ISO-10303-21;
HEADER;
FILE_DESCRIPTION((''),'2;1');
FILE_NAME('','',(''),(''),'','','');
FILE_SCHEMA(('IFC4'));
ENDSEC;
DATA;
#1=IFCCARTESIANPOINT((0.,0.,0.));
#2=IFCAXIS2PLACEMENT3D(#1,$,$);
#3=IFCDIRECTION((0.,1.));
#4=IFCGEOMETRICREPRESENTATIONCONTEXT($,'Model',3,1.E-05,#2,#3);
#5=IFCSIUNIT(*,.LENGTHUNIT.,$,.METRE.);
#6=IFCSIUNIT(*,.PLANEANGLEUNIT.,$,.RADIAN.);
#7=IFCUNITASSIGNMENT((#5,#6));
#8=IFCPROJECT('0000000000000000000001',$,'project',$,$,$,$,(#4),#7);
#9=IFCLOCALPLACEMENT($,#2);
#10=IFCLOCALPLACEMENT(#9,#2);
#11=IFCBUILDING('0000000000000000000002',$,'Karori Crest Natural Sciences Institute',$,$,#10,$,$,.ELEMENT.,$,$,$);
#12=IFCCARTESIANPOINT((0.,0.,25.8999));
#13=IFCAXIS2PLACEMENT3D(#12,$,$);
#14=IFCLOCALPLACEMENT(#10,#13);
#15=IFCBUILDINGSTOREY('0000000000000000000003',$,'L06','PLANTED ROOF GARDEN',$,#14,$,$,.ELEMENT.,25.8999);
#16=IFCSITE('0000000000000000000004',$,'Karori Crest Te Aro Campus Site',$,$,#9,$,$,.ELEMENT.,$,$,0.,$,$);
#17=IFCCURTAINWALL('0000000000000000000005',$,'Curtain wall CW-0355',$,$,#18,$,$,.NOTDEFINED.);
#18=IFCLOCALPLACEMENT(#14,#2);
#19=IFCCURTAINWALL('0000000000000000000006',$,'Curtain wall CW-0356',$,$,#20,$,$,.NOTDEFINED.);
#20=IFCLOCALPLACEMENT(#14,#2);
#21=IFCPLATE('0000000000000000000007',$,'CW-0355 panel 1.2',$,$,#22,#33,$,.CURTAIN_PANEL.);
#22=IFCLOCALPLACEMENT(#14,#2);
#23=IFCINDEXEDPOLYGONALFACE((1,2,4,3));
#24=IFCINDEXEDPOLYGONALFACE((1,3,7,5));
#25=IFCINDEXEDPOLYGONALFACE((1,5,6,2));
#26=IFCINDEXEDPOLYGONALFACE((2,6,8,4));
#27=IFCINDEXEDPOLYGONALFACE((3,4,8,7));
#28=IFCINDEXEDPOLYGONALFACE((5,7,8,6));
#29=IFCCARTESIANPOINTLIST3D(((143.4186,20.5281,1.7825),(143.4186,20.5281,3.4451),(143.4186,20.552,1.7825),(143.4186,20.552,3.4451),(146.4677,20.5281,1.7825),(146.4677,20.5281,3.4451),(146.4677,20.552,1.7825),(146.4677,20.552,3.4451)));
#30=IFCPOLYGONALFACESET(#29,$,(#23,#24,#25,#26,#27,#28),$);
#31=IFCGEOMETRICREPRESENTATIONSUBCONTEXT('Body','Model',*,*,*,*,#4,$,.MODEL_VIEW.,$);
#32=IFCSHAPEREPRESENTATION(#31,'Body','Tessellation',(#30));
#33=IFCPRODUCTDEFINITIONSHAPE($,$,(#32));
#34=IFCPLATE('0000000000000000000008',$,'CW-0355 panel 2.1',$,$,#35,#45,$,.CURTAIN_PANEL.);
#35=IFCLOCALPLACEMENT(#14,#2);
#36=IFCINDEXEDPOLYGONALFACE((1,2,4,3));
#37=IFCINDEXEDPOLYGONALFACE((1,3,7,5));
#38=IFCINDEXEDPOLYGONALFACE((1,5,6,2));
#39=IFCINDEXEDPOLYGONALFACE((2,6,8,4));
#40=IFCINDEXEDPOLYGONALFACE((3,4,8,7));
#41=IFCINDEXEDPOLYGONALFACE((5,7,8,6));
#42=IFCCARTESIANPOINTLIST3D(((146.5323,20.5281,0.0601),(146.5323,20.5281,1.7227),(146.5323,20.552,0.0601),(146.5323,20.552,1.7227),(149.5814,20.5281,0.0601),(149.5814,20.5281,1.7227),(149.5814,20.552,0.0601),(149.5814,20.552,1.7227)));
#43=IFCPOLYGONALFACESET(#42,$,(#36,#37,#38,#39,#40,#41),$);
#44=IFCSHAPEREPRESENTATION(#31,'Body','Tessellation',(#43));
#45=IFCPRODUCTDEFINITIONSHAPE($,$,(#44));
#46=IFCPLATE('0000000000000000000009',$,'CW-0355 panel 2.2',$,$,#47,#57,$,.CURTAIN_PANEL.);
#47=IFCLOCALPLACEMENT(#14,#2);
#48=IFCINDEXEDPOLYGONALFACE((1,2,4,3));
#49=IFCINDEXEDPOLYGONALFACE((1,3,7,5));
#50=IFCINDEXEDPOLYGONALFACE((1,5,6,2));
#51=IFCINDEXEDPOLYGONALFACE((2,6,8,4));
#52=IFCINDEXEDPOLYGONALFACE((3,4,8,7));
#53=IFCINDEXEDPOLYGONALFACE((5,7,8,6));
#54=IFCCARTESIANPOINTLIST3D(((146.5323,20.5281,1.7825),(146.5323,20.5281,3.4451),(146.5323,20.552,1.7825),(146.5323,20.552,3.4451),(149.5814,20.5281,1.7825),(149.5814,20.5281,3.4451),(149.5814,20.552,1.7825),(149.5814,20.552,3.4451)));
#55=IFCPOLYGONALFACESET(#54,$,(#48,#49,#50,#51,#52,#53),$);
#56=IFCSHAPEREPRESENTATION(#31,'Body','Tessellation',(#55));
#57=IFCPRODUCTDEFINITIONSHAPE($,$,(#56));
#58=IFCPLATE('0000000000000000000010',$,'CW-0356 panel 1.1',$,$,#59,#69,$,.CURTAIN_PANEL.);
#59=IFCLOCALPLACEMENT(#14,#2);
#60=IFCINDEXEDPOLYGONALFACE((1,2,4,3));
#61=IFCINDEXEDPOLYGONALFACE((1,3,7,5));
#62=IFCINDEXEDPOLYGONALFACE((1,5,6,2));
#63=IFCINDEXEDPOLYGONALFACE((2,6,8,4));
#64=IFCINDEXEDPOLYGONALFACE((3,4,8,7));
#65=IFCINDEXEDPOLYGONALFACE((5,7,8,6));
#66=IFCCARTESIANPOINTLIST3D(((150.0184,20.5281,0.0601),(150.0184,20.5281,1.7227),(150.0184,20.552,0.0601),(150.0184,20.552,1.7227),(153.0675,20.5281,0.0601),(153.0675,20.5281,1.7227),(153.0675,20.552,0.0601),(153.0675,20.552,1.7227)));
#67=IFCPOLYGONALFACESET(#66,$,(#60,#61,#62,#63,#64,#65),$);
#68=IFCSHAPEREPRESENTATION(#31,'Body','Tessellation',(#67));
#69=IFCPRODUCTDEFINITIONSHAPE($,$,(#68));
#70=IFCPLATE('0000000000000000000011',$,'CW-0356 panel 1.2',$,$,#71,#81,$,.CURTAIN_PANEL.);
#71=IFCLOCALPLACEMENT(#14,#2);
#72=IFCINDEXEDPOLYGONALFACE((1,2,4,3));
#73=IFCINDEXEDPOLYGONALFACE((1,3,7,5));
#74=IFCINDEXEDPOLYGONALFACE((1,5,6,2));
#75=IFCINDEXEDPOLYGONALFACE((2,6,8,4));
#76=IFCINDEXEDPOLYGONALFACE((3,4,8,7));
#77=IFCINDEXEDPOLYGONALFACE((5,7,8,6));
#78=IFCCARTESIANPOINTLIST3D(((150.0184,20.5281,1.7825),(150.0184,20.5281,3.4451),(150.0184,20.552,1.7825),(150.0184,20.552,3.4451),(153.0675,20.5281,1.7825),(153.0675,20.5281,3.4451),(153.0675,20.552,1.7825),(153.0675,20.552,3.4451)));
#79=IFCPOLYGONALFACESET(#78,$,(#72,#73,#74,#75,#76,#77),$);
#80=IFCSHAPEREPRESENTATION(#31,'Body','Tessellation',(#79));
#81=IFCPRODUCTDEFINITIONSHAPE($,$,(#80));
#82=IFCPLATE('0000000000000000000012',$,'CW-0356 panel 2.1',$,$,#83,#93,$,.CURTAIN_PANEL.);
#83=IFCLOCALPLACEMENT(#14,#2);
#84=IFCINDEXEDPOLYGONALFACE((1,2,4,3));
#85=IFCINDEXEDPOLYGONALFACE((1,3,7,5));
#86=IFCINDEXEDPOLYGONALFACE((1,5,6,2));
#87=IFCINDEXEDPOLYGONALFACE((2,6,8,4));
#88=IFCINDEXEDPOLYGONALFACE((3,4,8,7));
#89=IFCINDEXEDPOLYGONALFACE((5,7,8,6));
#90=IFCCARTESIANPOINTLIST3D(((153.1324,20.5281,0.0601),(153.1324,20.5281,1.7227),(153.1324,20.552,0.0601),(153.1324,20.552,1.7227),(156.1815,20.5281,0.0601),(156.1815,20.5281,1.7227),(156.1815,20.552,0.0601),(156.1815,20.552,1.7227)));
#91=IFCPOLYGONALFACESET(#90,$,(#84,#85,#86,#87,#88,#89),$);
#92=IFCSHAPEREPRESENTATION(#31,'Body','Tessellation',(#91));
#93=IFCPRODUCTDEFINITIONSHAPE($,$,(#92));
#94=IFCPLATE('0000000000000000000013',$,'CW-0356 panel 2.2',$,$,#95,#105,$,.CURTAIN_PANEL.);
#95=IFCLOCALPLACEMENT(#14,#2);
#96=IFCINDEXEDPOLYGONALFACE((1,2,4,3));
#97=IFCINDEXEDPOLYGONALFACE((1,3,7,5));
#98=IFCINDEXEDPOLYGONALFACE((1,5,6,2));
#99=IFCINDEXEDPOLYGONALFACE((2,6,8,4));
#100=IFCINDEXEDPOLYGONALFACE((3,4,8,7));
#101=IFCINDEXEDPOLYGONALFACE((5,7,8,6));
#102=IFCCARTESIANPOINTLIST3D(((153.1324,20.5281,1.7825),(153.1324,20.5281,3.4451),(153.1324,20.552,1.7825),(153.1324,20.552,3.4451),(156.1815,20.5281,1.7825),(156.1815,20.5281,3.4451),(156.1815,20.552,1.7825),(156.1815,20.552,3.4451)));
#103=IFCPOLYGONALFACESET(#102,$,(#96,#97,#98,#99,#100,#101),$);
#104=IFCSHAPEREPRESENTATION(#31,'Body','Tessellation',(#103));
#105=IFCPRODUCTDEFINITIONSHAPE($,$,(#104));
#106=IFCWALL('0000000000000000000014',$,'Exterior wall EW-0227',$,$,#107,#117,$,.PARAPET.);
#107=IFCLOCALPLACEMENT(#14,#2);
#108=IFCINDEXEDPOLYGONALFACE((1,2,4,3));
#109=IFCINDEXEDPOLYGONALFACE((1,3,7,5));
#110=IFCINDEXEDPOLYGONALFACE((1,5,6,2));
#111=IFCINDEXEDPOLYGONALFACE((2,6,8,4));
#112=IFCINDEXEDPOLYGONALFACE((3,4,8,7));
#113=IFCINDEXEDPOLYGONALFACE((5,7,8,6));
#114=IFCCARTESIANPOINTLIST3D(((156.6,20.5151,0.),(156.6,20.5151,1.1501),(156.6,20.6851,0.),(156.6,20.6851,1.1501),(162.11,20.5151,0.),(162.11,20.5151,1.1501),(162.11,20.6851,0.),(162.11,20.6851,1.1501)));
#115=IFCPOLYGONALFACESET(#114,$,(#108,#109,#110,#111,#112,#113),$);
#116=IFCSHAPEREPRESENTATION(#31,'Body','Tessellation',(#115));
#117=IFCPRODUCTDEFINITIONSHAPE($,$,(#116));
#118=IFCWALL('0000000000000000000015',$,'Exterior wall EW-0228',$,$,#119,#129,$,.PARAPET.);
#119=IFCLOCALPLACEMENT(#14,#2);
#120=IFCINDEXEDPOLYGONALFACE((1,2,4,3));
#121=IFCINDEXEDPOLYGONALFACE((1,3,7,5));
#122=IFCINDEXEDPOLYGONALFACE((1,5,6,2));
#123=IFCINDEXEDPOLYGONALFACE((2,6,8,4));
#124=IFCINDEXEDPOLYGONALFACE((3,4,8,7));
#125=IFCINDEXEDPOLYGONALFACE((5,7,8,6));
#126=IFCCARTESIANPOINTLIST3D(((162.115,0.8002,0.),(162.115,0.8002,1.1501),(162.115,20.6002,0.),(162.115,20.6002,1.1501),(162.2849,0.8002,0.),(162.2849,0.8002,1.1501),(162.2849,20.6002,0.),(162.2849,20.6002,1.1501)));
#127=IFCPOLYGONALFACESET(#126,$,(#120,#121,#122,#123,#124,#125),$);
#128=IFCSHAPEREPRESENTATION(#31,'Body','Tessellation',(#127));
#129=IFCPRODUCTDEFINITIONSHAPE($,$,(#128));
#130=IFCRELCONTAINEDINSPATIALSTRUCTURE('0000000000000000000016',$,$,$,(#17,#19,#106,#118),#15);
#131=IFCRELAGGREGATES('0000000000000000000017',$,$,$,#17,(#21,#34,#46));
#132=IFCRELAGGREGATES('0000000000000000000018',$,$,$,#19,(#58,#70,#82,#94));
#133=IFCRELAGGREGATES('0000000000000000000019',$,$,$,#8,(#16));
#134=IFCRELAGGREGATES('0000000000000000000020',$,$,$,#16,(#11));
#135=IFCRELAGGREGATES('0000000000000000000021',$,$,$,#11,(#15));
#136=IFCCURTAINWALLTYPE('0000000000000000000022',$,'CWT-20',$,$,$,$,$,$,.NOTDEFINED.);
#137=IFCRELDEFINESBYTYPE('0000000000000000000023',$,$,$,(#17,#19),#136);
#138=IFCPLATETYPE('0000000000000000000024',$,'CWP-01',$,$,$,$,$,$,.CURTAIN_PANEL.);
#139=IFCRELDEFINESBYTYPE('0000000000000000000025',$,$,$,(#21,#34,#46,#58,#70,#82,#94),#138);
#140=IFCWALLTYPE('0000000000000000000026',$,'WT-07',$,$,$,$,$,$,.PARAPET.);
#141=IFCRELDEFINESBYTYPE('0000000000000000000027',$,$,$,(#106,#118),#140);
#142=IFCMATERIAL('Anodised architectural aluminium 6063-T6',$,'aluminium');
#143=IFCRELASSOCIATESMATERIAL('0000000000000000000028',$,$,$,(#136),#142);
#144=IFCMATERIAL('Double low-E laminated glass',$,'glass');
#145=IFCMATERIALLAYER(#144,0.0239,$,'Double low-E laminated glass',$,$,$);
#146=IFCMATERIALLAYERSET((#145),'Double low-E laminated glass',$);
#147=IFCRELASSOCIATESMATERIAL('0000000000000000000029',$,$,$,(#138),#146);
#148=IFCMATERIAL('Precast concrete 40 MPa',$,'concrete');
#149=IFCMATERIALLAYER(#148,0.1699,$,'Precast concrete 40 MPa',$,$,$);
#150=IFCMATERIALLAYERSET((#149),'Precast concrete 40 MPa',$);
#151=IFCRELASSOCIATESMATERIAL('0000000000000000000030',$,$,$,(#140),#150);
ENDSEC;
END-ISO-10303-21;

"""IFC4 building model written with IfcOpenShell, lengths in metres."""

from ifc_helpers import new_model, si_unit, direction, frame, frame_2d, origin, origin_2d, place, context, subcontext, project, spatial, rectangle, extrude, material, layer, layer_set, type_object, element, aggregate, save


model = new_model("IFC4")

# Units and contexts
model_context = context("Model", 3, precision=1e-05, world=origin(), true_north=direction((0.0, 1.0)))
body_context = subcontext(model_context, "Body", "Model", "MODEL_VIEW")
ifc_project = project(units=[si_unit("LENGTHUNIT", "METRE"), si_unit("PLANEANGLEUNIT", "RADIAN")], contexts=[model_context])

# Site, building, storey
site_placement = place(None, origin())
site = spatial("IfcSite", under=ifc_project, at=site_placement, Name="Karori Crest Te Aro Campus Site", CompositionType="ELEMENT", RefElevation=0.0)
building_placement = place(site_placement, origin())
building = spatial("IfcBuilding", under=site, at=building_placement, Name="Karori Crest Natural Sciences Institute", CompositionType="ELEMENT")
storey_placement = place(building_placement, frame((0.0, 0.0, 25.8999)))
storey = spatial("IfcBuildingStorey", under=building, at=storey_placement, Name="L06", Description="PLANTED ROOF GARDEN", CompositionType="ELEMENT", Elevation=25.8999)

# Curtain walls
ifc_material_1 = material(Name="Anodised architectural aluminium 6063-T6", Category="aluminium")
curtain_wall_type = type_object("IfcCurtainWallType", Name="CWT-20", PredefinedType="NOTDEFINED", material=ifc_material_1)
curtain_wall_1_placement = place(storey_placement, origin())
curtain_wall_1 = element("IfcCurtainWall", 1, at=curtain_wall_1_placement, inside=storey, type_object=curtain_wall_type, Name="Curtain wall CW-0355", PredefinedType="NOTDEFINED")
curtain_wall_2_placement = place(storey_placement, origin())
curtain_wall_2 = element("IfcCurtainWall", 2, at=curtain_wall_2_placement, inside=storey, type_object=curtain_wall_type, Name="Curtain wall CW-0356", PredefinedType="NOTDEFINED")

# Plates
ifc_material_2 = material(Name="Double low-E laminated glass", Category="glass")
ifc_layer_1 = layer(ifc_material_2, 0.0239, Name="Double low-E laminated glass")
ifc_layer_set_1 = layer_set([ifc_layer_1], Name="Double low-E laminated glass")
plate_type = type_object("IfcPlateType", Name="CWP-01", PredefinedType="CURTAIN_PANEL", material=ifc_layer_set_1)
plate_1_placement = place(storey_placement, frame((144.9431, 20.54, 1.7825), z_axis=(0.0, 0.0, 1.0), x_axis=(1.0, 0.0, 0.0)))
plate_1 = element("IfcPlate", 3, at=plate_1_placement, type_object=plate_type, Name="CW-0355 panel 1.2", PredefinedType="CURTAIN_PANEL", context=body_context, shape_type="SweptSolid", body=[
    extrude(rectangle(XDim=3.0491, YDim=0.0239, at=origin_2d()), origin(), (0.0, 0.0, 1.0), 1.6626),
])
plate_2_placement = place(storey_placement, frame((148.0569, 20.54, 0.0601), z_axis=(0.0, 0.0, 1.0), x_axis=(1.0, 0.0, 0.0)))
plate_2 = element("IfcPlate", 4, at=plate_2_placement, type_object=plate_type, Name="CW-0355 panel 2.1", PredefinedType="CURTAIN_PANEL", context=body_context, shape_type="SweptSolid", body=[
    extrude(rectangle(XDim=3.0491, YDim=0.0239, at=origin_2d()), origin(), (0.0, 0.0, 1.0), 1.6626),
])
plate_3_placement = place(storey_placement, frame((148.0569, 20.54, 1.7825), z_axis=(0.0, 0.0, 1.0), x_axis=(1.0, 0.0, 0.0)))
plate_3 = element("IfcPlate", 5, at=plate_3_placement, type_object=plate_type, Name="CW-0355 panel 2.2", PredefinedType="CURTAIN_PANEL", context=body_context, shape_type="SweptSolid", body=[
    extrude(rectangle(XDim=3.0491, YDim=0.0239, at=origin_2d()), origin(), (0.0, 0.0, 1.0), 1.6626),
])
aggregate(curtain_wall_1, [plate_1, plate_2, plate_3])
plate_4_placement = place(storey_placement, frame((151.543, 20.54, 0.0601), z_axis=(0.0, 0.0, 1.0), x_axis=(1.0, 0.0, 0.0)))
plate_4 = element("IfcPlate", 6, at=plate_4_placement, type_object=plate_type, Name="CW-0356 panel 1.1", PredefinedType="CURTAIN_PANEL", context=body_context, shape_type="SweptSolid", body=[
    extrude(rectangle(XDim=3.0491, YDim=0.0239, at=origin_2d()), origin(), (0.0, 0.0, 1.0), 1.6626),
])
plate_5_placement = place(storey_placement, frame((151.543, 20.54, 1.7825), z_axis=(0.0, 0.0, 1.0), x_axis=(1.0, 0.0, 0.0)))
plate_5 = element("IfcPlate", 7, at=plate_5_placement, type_object=plate_type, Name="CW-0356 panel 1.2", PredefinedType="CURTAIN_PANEL", context=body_context, shape_type="SweptSolid", body=[
    extrude(rectangle(XDim=3.0491, YDim=0.0239, at=origin_2d()), origin(), (0.0, 0.0, 1.0), 1.6626),
])
plate_6_placement = place(storey_placement, frame((154.657, 20.54, 0.0601), z_axis=(0.0, 0.0, 1.0), x_axis=(1.0, 0.0, 0.0)))
plate_6 = element("IfcPlate", 8, at=plate_6_placement, type_object=plate_type, Name="CW-0356 panel 2.1", PredefinedType="CURTAIN_PANEL", context=body_context, shape_type="SweptSolid", body=[
    extrude(rectangle(XDim=3.0491, YDim=0.0239, at=origin_2d()), origin(), (0.0, 0.0, 1.0), 1.6626),
])
plate_7_placement = place(storey_placement, frame((154.657, 20.54, 1.7825), z_axis=(0.0, 0.0, 1.0), x_axis=(1.0, 0.0, 0.0)))
plate_7 = element("IfcPlate", 9, at=plate_7_placement, type_object=plate_type, Name="CW-0356 panel 2.2", PredefinedType="CURTAIN_PANEL", context=body_context, shape_type="SweptSolid", body=[
    extrude(rectangle(XDim=3.0491, YDim=0.0239, at=origin_2d()), origin(), (0.0, 0.0, 1.0), 1.6626),
])
aggregate(curtain_wall_2, [plate_4, plate_5, plate_6, plate_7])

# Walls
ifc_material_3 = material(Name="Precast concrete 40 MPa", Category="concrete")
ifc_layer_2 = layer(ifc_material_3, 0.1699, Name="Precast concrete 40 MPa")
ifc_layer_set_2 = layer_set([ifc_layer_2], Name="Precast concrete 40 MPa")
wall_type = type_object("IfcWallType", Name="WT-07", PredefinedType="PARAPET", material=ifc_layer_set_2)
wall_1_placement = place(storey_placement, frame((156.6001, 20.6001, 0.0), z_axis=(0.0, 0.0, 1.0), x_axis=(1.0, 0.0, 0.0)))
element("IfcWall", 10, at=wall_1_placement, inside=storey, type_object=wall_type, Name="Exterior wall EW-0227", PredefinedType="PARAPET", context=body_context, shape_type="SweptSolid", body=[
    extrude(rectangle(XDim=5.51, YDim=0.1699, at=frame_2d((2.7549, 0.0))), origin(), (0.0, 0.0, 1.0), 1.1501),
])
wall_2_placement = place(storey_placement, frame((162.2, 20.6001, 0.0), z_axis=(0.0, 0.0, 1.0), x_axis=(0.0, -1.0, 0.0)))
element("IfcWall", 11, at=wall_2_placement, inside=storey, type_object=wall_type, Name="Exterior wall EW-0228", PredefinedType="PARAPET", context=body_context, shape_type="SweptSolid", body=[
    extrude(rectangle(XDim=19.8, YDim=0.1699, at=frame_2d((9.8999, 0.0))), origin(), (0.0, 0.0, 1.0), 1.1501),
])

save(model, "model.ifc")
